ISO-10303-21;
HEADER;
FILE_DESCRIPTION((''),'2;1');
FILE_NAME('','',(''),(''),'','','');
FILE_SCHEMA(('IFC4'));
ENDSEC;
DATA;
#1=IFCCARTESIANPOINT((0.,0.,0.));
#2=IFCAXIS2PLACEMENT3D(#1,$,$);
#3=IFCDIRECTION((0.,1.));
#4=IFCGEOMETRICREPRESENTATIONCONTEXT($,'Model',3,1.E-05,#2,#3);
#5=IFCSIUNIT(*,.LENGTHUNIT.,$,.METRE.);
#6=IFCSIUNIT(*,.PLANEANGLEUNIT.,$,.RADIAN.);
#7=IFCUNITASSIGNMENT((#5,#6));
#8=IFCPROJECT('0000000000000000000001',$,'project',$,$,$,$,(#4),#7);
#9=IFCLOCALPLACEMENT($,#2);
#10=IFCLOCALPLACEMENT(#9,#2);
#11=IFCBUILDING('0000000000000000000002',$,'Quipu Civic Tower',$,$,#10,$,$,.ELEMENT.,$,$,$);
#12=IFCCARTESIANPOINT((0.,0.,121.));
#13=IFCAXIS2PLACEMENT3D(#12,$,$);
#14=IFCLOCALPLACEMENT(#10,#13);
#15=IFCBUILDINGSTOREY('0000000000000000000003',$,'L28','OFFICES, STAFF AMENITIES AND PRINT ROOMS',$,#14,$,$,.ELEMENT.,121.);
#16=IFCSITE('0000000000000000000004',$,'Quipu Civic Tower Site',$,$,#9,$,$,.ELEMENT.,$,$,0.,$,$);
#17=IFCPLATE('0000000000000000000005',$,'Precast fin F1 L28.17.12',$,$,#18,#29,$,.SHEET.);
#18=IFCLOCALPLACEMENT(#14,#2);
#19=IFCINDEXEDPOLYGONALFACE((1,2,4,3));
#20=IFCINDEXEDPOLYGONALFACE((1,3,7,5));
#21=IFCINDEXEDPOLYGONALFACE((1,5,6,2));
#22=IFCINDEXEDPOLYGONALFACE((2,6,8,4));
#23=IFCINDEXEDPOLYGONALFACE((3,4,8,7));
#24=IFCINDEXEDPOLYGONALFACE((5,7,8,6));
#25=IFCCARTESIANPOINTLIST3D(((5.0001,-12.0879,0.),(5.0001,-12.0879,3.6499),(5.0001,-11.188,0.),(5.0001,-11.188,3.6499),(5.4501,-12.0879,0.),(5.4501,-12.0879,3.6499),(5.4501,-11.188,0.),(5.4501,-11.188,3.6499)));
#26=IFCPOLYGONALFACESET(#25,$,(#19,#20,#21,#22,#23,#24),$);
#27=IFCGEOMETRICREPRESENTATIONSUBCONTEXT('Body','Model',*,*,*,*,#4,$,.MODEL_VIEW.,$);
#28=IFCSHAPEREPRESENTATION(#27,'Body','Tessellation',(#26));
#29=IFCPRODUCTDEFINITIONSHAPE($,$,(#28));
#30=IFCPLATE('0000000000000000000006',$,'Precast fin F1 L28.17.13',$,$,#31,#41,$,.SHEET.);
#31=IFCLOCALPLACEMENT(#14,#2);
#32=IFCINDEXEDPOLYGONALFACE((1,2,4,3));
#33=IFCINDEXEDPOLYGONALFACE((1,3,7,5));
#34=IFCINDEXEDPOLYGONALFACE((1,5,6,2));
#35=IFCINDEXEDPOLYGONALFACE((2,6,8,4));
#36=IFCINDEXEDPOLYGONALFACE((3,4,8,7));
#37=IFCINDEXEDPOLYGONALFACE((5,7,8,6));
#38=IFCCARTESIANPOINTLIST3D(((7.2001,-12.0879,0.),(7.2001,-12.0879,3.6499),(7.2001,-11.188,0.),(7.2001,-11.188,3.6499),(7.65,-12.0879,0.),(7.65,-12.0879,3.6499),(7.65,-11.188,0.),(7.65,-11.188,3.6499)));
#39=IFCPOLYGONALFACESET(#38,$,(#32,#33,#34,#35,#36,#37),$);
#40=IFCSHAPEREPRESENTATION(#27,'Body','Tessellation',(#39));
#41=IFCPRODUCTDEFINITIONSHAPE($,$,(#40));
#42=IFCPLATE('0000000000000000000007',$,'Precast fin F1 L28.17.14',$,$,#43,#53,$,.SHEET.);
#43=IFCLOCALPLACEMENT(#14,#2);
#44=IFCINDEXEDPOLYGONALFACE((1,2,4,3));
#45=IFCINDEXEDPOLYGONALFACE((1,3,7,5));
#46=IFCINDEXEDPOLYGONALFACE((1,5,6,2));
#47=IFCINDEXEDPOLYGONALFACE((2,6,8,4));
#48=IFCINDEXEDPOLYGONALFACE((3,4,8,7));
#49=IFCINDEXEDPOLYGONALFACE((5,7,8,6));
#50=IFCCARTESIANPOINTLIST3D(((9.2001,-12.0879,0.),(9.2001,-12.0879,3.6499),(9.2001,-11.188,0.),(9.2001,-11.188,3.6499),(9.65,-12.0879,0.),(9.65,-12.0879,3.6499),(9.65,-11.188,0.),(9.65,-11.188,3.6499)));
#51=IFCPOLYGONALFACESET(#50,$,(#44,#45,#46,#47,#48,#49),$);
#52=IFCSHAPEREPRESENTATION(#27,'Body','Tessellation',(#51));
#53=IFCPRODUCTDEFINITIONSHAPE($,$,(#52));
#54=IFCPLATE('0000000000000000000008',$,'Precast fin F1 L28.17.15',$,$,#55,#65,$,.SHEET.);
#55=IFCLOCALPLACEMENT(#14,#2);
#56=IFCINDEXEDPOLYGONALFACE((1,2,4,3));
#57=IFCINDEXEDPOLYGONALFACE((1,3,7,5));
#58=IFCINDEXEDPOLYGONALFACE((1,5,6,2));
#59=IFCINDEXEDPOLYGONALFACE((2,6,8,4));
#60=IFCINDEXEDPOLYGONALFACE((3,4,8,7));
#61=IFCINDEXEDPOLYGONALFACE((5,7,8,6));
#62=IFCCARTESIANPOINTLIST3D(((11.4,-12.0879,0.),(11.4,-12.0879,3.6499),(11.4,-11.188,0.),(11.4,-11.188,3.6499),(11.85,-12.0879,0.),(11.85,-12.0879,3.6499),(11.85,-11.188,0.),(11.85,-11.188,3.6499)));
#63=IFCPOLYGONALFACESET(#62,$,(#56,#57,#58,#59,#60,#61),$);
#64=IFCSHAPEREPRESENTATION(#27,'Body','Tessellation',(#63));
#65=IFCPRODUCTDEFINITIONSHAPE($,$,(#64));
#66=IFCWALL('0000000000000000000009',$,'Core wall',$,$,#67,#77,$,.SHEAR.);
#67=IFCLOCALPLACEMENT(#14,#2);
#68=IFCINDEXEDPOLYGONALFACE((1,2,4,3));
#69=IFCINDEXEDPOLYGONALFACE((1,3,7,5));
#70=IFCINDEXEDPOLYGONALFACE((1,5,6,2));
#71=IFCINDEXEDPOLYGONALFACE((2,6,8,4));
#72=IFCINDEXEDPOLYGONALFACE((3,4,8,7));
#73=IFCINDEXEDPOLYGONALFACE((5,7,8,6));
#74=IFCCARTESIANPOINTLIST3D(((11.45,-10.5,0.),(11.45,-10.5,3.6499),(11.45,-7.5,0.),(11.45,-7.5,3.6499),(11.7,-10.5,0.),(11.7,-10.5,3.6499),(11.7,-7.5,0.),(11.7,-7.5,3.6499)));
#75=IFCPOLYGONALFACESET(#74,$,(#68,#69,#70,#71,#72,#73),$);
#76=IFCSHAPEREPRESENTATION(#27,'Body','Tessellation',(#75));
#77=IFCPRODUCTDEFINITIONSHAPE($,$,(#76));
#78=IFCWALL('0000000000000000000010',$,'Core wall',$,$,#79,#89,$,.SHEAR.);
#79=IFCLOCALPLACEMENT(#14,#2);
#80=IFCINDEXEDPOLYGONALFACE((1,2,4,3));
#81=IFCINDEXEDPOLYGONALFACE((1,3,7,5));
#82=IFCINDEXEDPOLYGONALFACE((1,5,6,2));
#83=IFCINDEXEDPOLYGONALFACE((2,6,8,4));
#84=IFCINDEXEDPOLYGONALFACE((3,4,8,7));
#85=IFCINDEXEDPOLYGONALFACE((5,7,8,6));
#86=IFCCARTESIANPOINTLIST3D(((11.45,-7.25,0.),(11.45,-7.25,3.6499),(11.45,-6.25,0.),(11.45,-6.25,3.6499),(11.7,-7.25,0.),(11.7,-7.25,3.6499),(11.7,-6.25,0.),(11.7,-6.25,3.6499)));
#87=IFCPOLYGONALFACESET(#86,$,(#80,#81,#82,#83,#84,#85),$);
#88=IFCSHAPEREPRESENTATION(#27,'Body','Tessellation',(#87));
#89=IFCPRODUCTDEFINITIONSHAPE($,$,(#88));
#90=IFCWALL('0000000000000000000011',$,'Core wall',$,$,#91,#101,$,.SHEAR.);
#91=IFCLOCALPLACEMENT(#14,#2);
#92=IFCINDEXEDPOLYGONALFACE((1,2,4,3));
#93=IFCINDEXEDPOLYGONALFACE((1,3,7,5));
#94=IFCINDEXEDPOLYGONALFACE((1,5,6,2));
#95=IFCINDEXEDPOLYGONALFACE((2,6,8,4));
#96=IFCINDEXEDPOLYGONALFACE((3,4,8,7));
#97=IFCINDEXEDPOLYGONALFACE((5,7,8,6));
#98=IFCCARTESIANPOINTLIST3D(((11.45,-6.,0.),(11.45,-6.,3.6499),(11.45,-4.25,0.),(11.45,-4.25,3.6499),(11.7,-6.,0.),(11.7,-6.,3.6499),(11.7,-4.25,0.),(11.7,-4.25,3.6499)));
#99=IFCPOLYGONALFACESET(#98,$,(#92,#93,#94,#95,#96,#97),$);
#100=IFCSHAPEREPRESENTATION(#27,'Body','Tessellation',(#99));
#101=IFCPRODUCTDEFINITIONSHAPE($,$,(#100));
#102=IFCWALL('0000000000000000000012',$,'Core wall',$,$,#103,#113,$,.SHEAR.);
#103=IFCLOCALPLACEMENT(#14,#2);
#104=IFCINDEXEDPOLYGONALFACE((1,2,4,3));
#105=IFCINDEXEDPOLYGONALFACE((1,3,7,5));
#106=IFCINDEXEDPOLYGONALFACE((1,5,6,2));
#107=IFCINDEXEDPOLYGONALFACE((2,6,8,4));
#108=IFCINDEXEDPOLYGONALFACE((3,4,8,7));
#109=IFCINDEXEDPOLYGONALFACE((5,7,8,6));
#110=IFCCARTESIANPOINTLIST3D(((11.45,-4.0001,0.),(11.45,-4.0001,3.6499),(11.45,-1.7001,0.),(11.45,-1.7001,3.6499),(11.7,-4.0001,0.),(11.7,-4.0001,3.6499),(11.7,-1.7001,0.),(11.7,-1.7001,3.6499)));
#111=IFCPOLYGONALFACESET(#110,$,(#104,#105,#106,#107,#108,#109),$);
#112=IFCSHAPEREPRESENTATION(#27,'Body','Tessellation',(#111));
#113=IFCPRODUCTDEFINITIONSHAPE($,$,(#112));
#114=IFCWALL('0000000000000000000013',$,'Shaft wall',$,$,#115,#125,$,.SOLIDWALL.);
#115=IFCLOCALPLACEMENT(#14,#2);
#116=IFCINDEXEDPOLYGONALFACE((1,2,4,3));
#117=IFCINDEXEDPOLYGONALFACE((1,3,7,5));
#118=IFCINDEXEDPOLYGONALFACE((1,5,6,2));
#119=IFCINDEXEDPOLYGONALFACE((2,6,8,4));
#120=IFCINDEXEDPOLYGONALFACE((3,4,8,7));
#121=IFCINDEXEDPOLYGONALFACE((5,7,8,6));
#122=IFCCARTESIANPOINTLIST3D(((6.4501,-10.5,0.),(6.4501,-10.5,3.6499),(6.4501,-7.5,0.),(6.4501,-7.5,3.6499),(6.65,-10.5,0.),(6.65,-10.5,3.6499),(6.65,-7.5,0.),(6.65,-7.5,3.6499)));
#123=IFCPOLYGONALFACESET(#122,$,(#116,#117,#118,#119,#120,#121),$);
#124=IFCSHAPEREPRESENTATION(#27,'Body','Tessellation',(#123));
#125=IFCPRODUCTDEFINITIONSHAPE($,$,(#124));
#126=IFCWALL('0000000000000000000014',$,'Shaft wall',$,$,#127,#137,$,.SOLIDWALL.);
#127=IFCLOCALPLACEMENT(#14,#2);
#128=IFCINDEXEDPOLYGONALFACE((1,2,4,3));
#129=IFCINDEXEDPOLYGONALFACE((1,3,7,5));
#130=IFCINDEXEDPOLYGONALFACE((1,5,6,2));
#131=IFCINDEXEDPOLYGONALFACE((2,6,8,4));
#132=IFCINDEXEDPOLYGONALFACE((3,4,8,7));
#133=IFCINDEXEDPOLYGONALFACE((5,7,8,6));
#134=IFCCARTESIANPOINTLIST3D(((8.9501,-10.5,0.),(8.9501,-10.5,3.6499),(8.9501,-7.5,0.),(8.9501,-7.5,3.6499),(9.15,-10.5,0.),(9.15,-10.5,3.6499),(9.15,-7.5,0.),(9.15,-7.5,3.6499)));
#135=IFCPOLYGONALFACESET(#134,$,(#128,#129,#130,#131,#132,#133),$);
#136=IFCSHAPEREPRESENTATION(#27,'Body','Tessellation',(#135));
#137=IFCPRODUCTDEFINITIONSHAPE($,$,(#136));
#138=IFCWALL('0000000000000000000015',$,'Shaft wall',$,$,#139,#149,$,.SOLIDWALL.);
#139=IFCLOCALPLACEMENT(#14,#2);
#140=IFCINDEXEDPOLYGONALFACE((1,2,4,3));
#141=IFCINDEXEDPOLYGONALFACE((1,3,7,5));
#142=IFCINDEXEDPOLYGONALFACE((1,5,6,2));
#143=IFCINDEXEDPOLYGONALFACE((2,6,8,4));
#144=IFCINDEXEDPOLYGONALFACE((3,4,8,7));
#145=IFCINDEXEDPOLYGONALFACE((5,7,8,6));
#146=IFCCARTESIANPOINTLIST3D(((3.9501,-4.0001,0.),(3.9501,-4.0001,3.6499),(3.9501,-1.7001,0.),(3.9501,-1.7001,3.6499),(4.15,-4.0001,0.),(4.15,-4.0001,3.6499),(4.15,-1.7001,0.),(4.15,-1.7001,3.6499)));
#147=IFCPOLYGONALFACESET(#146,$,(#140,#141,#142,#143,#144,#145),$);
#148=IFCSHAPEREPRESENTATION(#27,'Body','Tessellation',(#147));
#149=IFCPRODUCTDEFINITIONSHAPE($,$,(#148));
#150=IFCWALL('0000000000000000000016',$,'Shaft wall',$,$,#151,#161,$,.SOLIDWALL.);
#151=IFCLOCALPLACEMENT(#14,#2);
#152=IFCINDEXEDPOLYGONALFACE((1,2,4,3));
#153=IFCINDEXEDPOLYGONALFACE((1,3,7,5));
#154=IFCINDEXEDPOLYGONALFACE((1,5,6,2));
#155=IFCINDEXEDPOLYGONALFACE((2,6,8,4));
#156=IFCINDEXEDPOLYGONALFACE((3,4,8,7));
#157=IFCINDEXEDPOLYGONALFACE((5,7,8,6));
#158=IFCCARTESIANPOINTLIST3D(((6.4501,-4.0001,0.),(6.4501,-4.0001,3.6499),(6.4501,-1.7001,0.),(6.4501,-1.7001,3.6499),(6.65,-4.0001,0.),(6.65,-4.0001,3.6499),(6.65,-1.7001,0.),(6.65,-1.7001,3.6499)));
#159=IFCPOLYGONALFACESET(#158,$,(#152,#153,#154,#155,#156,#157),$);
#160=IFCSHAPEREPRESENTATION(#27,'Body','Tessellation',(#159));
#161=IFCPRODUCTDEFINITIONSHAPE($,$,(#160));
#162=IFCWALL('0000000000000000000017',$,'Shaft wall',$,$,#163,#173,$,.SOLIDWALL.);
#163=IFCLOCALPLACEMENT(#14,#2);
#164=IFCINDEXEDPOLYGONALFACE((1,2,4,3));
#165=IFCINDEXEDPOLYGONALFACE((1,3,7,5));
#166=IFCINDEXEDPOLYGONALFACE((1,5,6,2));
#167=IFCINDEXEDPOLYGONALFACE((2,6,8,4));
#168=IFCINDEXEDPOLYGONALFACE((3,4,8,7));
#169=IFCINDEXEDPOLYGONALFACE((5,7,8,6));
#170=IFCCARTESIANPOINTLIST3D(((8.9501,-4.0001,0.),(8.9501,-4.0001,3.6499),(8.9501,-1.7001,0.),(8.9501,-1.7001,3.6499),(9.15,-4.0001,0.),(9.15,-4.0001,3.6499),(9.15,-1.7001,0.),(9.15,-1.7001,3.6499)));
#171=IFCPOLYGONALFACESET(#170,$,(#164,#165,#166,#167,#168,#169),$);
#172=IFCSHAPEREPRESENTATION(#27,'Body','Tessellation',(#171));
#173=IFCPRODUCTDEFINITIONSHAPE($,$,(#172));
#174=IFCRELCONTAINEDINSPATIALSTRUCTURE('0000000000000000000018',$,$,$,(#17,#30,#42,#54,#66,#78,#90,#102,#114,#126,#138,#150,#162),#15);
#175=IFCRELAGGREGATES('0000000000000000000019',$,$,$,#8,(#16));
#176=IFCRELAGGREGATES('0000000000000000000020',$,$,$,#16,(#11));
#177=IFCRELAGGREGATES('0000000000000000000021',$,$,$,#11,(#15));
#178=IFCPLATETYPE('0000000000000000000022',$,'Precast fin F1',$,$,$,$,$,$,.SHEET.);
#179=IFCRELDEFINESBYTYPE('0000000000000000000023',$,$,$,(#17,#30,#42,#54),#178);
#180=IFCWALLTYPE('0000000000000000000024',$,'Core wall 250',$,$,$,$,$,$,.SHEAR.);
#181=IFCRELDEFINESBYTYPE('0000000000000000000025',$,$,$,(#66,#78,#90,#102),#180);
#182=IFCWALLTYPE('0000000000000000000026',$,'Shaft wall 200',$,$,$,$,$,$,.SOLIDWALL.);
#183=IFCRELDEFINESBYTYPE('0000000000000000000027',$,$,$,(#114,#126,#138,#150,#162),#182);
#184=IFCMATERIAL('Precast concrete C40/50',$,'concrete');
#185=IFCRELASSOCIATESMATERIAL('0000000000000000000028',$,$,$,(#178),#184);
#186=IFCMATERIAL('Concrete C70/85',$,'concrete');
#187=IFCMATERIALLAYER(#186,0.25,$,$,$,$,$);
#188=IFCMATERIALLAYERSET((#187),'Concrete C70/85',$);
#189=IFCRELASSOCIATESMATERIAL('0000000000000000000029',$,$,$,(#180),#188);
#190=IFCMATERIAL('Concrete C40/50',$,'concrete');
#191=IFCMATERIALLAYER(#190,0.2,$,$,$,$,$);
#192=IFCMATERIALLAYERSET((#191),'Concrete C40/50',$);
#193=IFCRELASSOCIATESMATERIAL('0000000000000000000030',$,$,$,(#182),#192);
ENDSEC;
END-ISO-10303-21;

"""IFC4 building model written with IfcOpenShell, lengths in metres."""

from ifc_helpers import new_model, si_unit, direction, frame, frame_2d, origin, origin_2d, place, context, subcontext, project, spatial, rectangle, extrude, material, layer, layer_set, type_object, element, save


model = new_model("IFC4")

# Units and contexts
model_context = context("Model", 3, precision=1e-05, world=origin(), true_north=direction((0.0, 1.0)))
body_context = subcontext(model_context, "Body", "Model", "MODEL_VIEW")
ifc_project = project(units=[si_unit("LENGTHUNIT", "METRE"), si_unit("PLANEANGLEUNIT", "RADIAN")], contexts=[model_context])

# Site, building, storey
site_placement = place(None, origin())
site = spatial("IfcSite", under=ifc_project, at=site_placement, Name="Quipu Civic Tower Site", CompositionType="ELEMENT", RefElevation=0.0)
building_placement = place(site_placement, origin())
building = spatial("IfcBuilding", under=site, at=building_placement, Name="Quipu Civic Tower", CompositionType="ELEMENT")
storey_placement = place(building_placement, frame((0.0, 0.0, 121.0)))
storey = spatial("IfcBuildingStorey", under=building, at=storey_placement, Name="L28", Description="OFFICES, STAFF AMENITIES AND PRINT ROOMS", CompositionType="ELEMENT", Elevation=121.0)

# Plates
ifc_material_1 = material(Name="Precast concrete C40/50", Category="concrete")
plate_type = type_object("IfcPlateType", Name="Precast fin F1", PredefinedType="SHEET", material=ifc_material_1)
for number, where, z_axis, x_axis, name in (
    (1, (5.2251, -11.6379, 0.0), (0.0, 0.0, 1.0), (1.0, 0.0, 0.0), "Precast fin F1 L28.17.12"),
    (2, (7.425, -11.6379, 0.0), (0.0, 0.0, 1.0), (1.0, 0.0, 0.0), "Precast fin F1 L28.17.13"),
    (3, (9.425, -11.6379, 0.0), (0.0, 0.0, 1.0), (1.0, 0.0, 0.0), "Precast fin F1 L28.17.14"),
    (4, (11.625, -11.6379, 0.0), (0.0, 0.0, 1.0), (1.0, 0.0, 0.0), "Precast fin F1 L28.17.15"),
):
    element("IfcPlate", number, at=place(storey_placement, frame(where, z_axis=z_axis, x_axis=x_axis)), inside=storey, type_object=plate_type, Name=name, PredefinedType="SHEET", context=body_context, shape_type="SweptSolid", body=[
        extrude(rectangle(XDim=0.45, YDim=0.8999, at=origin_2d()), origin(), (0.0, 0.0, 1.0), 3.6499),
    ])

# Walls
ifc_material_2 = material(Name="Concrete C70/85", Category="concrete")
ifc_layer_1 = layer(ifc_material_2, 0.25)
ifc_layer_set_1 = layer_set([ifc_layer_1], Name="Concrete C70/85")
wall_type_1 = type_object("IfcWallType", Name="Core wall 250", PredefinedType="SHEAR", material=ifc_layer_set_1)
wall_1_placement = place(storey_placement, frame((11.575, -10.5, 0.0), z_axis=(0.0, 0.0, 1.0), x_axis=(0.0, 1.0, 0.0)))
element("IfcWall", 5, at=wall_1_placement, inside=storey, type_object=wall_type_1, Name="Core wall", PredefinedType="SHEAR", context=body_context, shape_type="SweptSolid", body=[
    extrude(rectangle(XDim=3.0, YDim=0.25, at=frame_2d((1.5, 0.0))), origin(), (0.0, 0.0, 1.0), 3.6499),
])
wall_2_placement = place(storey_placement, frame((11.575, -7.25, 0.0), z_axis=(0.0, 0.0, 1.0), x_axis=(0.0, 1.0, 0.0)))
element("IfcWall", 6, at=wall_2_placement, inside=storey, type_object=wall_type_1, Name="Core wall", PredefinedType="SHEAR", context=body_context, shape_type="SweptSolid", body=[
    extrude(rectangle(XDim=1.0, YDim=0.25, at=frame_2d((0.5, 0.0))), origin(), (0.0, 0.0, 1.0), 3.6499),
])
wall_3_placement = place(storey_placement, frame((11.575, -6.0, 0.0), z_axis=(0.0, 0.0, 1.0), x_axis=(0.0, 1.0, 0.0)))
element("IfcWall", 7, at=wall_3_placement, inside=storey, type_object=wall_type_1, Name="Core wall", PredefinedType="SHEAR", context=body_context, shape_type="SweptSolid", body=[
    extrude(rectangle(XDim=1.75, YDim=0.25, at=frame_2d((0.875, 0.0))), origin(), (0.0, 0.0, 1.0), 3.6499),
])
wall_4_placement = place(storey_placement, frame((11.575, -4.0, 0.0), z_axis=(0.0, 0.0, 1.0), x_axis=(0.0, 1.0, 0.0)))
element("IfcWall", 8, at=wall_4_placement, inside=storey, type_object=wall_type_1, Name="Core wall", PredefinedType="SHEAR", context=body_context, shape_type="SweptSolid", body=[
    extrude(rectangle(XDim=2.3, YDim=0.25, at=frame_2d((1.1499, 0.0))), origin(), (0.0, 0.0, 1.0), 3.6499),
])
ifc_material_3 = material(Name="Concrete C40/50", Category="concrete")
ifc_layer_2 = layer(ifc_material_3, 0.2)
ifc_layer_set_2 = layer_set([ifc_layer_2], Name="Concrete C40/50")
wall_type_2 = type_object("IfcWallType", Name="Shaft wall 200", PredefinedType="SOLIDWALL", material=ifc_layer_set_2)
for number, where, z_axis, x_axis, name in (
    (9, (6.55, -10.5, 0.0), (0.0, 0.0, 1.0), (0.0, 1.0, 0.0), "Shaft wall"),
    (10, (9.05, -10.5, 0.0), (0.0, 0.0, 1.0), (0.0, 1.0, 0.0), "Shaft wall"),
):
    element("IfcWall", number, at=place(storey_placement, frame(where, z_axis=z_axis, x_axis=x_axis)), inside=storey, type_object=wall_type_2, Name=name, PredefinedType="SOLIDWALL", context=body_context, shape_type="SweptSolid", body=[
        extrude(rectangle(XDim=3.0, YDim=0.2, at=frame_2d((1.5, 0.0))), origin(), (0.0, 0.0, 1.0), 3.6499),
    ])
for number, where, z_axis, x_axis, name in (
    (11, (4.05, -4.0, 0.0), (0.0, 0.0, 1.0), (0.0, 1.0, 0.0), "Shaft wall"),
    (12, (6.55, -4.0, 0.0), (0.0, 0.0, 1.0), (0.0, 1.0, 0.0), "Shaft wall"),
    (13, (9.05, -4.0, 0.0), (0.0, 0.0, 1.0), (0.0, 1.0, 0.0), "Shaft wall"),
):
    element("IfcWall", number, at=place(storey_placement, frame(where, z_axis=z_axis, x_axis=x_axis)), inside=storey, type_object=wall_type_2, Name=name, PredefinedType="SOLIDWALL", context=body_context, shape_type="SweptSolid", body=[
        extrude(rectangle(XDim=2.3, YDim=0.2, at=frame_2d((1.1499, 0.0))), origin(), (0.0, 0.0, 1.0), 3.6499),
    ])

save(model, "model.ifc")
